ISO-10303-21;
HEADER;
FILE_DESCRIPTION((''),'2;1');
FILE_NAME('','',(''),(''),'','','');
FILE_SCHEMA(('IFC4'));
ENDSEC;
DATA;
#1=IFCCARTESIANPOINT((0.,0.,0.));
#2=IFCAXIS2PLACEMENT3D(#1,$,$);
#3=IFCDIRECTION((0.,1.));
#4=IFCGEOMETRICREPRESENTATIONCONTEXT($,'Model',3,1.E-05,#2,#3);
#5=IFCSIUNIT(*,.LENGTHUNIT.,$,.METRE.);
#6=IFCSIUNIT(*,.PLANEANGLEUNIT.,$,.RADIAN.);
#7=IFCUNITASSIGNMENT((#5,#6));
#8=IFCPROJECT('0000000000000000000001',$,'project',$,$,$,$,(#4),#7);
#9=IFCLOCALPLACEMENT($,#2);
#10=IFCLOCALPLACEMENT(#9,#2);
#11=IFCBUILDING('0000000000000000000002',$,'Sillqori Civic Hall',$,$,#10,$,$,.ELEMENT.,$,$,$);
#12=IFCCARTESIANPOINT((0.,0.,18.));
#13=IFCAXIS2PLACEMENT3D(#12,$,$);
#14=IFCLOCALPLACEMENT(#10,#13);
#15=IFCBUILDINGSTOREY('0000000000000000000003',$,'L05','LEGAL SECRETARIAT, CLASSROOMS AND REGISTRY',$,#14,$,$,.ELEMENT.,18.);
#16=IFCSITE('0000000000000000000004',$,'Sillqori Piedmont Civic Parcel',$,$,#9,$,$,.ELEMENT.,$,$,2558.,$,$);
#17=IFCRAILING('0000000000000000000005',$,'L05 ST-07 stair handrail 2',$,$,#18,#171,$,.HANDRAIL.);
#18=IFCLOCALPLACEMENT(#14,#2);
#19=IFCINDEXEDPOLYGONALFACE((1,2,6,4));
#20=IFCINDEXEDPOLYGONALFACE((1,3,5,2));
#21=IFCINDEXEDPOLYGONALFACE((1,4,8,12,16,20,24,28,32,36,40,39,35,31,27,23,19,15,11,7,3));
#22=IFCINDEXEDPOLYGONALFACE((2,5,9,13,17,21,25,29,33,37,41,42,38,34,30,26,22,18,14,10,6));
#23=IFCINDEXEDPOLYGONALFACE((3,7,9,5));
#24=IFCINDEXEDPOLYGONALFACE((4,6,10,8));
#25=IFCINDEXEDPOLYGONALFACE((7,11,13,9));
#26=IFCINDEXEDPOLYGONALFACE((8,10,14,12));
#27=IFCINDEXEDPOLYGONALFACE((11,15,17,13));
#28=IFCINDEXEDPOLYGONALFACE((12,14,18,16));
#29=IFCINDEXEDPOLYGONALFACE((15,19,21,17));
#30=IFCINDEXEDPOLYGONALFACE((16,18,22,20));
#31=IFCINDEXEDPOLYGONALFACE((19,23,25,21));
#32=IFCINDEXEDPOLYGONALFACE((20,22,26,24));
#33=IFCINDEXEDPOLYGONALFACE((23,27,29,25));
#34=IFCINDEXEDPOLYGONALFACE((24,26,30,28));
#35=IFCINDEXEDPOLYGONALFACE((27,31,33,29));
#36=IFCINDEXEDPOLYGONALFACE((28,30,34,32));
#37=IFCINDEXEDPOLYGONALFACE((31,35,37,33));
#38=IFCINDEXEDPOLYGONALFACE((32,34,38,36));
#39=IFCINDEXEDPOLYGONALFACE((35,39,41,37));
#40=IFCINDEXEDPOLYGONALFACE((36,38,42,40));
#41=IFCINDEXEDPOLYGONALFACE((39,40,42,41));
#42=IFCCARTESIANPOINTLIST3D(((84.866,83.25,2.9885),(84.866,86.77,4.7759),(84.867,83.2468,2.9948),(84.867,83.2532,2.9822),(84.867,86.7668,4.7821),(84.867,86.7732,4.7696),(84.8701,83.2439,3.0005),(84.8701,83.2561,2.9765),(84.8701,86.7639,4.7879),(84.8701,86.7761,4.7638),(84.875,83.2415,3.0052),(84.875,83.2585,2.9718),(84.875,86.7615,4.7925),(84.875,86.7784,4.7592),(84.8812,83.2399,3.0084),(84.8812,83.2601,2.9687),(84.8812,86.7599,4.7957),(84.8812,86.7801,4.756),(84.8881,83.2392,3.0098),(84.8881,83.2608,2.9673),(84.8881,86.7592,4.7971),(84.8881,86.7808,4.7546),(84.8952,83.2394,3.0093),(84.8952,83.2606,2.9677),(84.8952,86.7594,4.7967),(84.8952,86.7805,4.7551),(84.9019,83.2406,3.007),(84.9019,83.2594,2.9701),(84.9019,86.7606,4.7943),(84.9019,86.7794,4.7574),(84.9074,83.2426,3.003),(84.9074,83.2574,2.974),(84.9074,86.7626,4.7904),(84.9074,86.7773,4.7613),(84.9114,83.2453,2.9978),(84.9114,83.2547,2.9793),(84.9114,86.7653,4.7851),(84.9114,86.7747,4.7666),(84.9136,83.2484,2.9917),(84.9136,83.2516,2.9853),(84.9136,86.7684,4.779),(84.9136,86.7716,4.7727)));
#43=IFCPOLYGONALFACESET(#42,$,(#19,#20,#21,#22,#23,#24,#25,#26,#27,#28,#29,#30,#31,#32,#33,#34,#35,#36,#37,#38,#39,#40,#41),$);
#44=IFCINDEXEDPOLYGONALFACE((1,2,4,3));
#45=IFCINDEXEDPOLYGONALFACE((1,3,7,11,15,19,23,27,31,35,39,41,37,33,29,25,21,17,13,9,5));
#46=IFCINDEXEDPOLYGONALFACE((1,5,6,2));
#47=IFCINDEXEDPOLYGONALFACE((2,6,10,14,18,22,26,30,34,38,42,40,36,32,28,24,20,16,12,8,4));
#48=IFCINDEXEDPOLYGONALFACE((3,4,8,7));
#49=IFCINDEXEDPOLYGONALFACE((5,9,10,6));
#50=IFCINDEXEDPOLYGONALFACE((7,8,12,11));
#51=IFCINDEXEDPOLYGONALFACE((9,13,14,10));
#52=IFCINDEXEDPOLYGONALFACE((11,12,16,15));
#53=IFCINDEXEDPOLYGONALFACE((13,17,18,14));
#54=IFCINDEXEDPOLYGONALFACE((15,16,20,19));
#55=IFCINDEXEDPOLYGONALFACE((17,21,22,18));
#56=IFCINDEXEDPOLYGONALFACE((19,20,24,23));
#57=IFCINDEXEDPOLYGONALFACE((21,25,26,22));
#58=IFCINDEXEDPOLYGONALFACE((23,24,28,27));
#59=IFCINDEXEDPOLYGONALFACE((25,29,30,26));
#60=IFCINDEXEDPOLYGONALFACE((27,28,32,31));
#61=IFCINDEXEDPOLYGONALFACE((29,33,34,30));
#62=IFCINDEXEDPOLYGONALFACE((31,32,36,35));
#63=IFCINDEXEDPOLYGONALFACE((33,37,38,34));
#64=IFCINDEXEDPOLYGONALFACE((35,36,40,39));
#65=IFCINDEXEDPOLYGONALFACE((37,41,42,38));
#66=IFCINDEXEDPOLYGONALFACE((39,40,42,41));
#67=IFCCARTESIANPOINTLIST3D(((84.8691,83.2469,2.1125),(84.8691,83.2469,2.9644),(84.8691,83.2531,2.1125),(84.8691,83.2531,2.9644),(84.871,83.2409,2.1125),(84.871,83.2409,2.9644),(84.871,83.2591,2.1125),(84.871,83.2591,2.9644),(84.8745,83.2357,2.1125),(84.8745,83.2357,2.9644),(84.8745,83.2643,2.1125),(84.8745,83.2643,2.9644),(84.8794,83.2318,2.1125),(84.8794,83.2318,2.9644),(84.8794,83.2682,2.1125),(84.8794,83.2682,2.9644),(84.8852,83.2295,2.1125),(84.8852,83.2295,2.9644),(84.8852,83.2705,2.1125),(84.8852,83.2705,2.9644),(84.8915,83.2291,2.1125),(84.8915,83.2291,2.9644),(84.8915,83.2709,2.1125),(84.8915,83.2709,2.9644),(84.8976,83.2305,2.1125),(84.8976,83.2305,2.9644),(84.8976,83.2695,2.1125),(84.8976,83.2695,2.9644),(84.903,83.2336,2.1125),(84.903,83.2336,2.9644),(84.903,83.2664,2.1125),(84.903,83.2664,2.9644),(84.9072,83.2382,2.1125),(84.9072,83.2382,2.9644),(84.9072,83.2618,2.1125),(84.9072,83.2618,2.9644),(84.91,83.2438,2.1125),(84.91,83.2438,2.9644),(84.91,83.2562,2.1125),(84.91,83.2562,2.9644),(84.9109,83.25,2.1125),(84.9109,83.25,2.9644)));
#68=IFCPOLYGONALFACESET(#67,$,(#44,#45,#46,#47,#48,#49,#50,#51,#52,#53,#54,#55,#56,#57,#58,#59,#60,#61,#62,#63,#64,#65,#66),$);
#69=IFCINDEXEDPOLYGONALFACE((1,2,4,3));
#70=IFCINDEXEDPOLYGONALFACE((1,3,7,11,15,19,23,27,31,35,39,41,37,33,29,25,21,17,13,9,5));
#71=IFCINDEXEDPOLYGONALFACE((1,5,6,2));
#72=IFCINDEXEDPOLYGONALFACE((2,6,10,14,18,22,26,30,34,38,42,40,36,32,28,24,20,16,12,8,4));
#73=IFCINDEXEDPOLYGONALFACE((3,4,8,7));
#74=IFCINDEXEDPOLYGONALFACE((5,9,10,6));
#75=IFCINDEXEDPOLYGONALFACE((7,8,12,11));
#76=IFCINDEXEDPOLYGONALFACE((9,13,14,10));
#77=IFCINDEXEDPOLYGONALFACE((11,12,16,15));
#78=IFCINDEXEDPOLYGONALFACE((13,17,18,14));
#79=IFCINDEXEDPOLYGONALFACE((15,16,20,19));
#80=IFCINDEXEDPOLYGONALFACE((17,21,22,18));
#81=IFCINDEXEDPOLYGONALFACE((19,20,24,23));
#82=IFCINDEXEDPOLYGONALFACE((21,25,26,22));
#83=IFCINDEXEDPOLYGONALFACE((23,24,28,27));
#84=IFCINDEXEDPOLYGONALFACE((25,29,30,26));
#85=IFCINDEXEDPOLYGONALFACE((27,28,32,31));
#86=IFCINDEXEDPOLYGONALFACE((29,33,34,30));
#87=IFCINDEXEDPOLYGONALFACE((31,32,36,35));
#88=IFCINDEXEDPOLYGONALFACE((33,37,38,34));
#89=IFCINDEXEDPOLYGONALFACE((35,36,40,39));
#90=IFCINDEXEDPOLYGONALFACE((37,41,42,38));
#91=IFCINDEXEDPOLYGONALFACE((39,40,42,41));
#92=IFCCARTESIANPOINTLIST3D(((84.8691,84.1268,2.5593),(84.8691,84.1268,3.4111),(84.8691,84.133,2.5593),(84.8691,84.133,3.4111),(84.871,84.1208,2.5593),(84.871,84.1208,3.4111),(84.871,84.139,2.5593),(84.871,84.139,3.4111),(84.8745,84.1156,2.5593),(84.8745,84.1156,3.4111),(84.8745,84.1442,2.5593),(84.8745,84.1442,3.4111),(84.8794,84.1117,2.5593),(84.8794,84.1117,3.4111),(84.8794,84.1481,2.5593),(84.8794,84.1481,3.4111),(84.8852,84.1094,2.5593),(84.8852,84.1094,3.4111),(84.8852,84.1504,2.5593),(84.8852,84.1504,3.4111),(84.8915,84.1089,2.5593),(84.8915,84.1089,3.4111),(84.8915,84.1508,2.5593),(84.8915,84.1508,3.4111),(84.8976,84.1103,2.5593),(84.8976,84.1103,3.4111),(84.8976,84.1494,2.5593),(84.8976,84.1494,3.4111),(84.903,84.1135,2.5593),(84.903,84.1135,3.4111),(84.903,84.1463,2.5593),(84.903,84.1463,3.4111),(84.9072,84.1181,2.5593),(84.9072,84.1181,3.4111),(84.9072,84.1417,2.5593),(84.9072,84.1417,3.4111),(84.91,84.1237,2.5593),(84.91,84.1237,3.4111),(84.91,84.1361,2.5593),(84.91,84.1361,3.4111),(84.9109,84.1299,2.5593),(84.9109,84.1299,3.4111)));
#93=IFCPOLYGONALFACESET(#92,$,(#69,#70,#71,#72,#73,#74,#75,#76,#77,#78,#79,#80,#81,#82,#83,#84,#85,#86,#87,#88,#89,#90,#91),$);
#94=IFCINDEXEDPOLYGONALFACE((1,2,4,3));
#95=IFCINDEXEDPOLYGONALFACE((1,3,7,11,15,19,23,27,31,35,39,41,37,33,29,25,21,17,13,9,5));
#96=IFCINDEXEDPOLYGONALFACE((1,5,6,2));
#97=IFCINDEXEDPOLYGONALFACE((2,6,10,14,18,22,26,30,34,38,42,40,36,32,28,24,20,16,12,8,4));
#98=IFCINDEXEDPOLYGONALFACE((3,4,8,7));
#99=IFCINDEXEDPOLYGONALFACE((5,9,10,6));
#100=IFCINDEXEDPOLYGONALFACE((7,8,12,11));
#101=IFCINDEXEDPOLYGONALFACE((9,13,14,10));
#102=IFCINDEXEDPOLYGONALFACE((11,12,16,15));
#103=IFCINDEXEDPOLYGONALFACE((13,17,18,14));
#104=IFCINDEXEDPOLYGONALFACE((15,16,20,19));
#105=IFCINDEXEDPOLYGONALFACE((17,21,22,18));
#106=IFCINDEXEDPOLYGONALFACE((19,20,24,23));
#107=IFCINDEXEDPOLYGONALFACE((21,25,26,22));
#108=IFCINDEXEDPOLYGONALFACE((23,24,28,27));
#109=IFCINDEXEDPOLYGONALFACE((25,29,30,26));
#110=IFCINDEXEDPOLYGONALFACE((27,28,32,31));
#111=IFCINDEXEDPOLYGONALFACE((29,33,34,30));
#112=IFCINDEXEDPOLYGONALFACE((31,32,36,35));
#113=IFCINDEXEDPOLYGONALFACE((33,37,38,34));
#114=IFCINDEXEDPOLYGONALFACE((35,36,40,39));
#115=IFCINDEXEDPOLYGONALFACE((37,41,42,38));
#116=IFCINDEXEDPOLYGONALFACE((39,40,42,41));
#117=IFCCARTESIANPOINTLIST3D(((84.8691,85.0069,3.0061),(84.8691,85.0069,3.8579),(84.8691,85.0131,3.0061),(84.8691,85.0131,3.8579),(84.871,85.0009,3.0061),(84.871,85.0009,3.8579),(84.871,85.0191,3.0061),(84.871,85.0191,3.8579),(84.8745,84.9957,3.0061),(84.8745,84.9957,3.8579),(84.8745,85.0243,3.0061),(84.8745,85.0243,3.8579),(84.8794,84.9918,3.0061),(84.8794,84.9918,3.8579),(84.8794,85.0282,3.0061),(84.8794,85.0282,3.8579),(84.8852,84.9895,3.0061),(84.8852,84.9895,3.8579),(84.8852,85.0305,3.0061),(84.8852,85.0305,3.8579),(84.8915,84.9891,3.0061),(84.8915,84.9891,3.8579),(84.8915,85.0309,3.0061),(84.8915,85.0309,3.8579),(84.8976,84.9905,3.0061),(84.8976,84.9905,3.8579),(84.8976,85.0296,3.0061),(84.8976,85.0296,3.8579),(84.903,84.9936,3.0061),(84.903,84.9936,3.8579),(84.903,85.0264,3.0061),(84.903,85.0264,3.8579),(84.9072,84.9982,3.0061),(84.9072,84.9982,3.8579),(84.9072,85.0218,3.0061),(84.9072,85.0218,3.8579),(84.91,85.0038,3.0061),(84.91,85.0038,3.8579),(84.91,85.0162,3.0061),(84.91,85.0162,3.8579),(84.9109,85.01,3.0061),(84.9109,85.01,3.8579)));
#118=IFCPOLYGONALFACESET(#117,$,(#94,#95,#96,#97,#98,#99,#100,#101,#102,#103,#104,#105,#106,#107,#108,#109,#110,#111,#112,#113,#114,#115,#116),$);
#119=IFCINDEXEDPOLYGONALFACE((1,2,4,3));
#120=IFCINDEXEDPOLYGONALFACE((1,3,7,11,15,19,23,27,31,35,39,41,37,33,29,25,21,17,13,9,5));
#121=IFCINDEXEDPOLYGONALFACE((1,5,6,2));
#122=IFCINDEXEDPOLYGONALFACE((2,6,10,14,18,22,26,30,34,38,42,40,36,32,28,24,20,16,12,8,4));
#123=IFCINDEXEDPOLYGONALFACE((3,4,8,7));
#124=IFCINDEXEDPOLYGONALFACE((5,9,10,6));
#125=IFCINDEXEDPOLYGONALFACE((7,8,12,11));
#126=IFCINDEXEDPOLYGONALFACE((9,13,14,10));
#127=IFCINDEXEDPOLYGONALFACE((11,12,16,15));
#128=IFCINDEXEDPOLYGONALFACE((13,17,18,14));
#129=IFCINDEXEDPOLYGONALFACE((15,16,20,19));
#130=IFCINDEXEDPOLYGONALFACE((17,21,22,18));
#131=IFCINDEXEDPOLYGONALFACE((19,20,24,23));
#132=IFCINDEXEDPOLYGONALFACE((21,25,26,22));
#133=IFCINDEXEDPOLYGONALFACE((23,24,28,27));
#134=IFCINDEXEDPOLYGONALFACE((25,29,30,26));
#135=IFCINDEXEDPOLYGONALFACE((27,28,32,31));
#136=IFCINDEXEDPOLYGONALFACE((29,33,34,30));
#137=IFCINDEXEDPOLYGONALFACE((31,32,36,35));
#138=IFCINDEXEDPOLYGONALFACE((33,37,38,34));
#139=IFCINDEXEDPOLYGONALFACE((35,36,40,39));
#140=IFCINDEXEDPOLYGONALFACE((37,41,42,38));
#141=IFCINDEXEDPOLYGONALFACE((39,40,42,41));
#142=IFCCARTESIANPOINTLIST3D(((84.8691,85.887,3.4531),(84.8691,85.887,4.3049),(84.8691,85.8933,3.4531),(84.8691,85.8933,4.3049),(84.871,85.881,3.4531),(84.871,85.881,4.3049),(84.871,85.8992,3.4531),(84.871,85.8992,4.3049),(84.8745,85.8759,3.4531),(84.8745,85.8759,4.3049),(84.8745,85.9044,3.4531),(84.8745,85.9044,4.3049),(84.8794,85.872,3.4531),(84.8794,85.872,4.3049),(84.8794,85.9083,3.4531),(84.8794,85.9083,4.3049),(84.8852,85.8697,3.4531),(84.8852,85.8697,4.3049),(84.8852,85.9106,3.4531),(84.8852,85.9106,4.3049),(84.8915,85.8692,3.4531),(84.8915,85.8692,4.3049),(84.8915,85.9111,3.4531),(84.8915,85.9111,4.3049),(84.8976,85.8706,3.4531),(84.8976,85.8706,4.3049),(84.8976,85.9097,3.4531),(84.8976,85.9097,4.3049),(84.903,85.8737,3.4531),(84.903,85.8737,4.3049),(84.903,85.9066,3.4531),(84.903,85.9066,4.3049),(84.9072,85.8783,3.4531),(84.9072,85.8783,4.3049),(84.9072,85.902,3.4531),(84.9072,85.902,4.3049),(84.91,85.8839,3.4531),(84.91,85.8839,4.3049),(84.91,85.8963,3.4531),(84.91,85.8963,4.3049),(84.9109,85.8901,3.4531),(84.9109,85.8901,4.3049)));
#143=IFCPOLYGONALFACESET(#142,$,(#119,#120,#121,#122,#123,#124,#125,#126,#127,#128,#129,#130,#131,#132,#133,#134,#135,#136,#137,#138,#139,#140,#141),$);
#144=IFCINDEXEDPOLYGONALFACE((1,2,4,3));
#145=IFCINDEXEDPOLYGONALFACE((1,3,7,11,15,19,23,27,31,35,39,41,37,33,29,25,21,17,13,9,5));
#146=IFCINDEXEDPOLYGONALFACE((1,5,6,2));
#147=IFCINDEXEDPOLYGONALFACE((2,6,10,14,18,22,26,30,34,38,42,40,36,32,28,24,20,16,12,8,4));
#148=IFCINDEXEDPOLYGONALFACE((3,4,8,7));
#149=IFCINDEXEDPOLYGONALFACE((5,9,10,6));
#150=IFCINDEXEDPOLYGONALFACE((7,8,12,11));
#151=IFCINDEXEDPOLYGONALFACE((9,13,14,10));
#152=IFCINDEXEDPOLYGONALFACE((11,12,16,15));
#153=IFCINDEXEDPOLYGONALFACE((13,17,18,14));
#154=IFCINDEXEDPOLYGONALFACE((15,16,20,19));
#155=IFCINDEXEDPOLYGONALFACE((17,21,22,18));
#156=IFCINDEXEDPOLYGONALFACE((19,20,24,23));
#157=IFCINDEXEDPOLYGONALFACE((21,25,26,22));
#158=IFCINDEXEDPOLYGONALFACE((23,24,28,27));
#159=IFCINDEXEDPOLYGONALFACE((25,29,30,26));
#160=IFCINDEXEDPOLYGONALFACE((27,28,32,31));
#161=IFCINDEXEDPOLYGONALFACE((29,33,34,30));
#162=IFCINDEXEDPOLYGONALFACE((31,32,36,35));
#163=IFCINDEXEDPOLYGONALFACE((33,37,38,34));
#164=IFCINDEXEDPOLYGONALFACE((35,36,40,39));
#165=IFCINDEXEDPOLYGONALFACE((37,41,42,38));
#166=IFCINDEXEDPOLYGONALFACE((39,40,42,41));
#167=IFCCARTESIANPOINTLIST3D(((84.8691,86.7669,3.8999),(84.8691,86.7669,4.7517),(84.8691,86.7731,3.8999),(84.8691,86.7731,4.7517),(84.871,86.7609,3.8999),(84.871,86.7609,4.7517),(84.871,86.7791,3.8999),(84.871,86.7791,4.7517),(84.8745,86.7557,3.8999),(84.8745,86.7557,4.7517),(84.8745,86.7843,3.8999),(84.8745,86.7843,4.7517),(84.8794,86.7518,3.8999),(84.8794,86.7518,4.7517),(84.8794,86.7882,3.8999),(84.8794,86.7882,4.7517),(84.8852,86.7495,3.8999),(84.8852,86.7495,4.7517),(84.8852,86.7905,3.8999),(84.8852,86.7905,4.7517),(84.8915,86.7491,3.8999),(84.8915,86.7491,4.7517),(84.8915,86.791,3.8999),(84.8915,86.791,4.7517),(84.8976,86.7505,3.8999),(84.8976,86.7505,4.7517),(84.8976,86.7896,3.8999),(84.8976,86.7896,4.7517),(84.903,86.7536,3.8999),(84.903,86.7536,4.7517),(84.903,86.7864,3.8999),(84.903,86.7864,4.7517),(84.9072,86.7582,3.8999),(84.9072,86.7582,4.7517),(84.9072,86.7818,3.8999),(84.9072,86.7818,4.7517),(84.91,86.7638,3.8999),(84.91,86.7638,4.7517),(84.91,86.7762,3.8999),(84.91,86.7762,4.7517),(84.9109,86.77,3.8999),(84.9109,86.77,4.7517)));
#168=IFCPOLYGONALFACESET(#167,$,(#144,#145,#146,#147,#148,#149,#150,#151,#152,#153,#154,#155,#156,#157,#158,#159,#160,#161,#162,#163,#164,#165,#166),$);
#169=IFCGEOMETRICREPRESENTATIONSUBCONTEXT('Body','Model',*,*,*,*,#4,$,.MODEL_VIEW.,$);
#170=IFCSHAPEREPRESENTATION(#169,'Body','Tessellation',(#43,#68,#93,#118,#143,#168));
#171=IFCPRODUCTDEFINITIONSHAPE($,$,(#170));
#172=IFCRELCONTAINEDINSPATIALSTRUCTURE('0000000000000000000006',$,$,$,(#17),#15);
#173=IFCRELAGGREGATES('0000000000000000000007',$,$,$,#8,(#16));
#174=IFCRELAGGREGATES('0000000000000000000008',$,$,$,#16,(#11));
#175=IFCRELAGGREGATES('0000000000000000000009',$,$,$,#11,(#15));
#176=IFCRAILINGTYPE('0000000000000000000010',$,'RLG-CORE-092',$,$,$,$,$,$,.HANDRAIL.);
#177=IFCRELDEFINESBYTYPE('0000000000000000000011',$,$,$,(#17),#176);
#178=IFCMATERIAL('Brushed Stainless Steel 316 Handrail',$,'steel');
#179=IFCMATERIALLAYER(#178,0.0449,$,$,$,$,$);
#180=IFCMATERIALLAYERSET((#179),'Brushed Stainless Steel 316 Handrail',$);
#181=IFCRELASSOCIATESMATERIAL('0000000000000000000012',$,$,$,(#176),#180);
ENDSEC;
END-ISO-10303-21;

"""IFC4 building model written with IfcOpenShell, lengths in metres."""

from ifc_helpers import new_model, si_unit, direction, frame, origin, origin_2d, place, context, subcontext, project, spatial, circle, extrude, material, layer, layer_set, type_object, element, save


model = new_model("IFC4")

# Units and contexts
model_context = context("Model", 3, precision=1e-05, world=origin(), true_north=direction((0.0, 1.0)))
body_context = subcontext(model_context, "Body", "Model", "MODEL_VIEW")
ifc_project = project(units=[si_unit("LENGTHUNIT", "METRE"), si_unit("PLANEANGLEUNIT", "RADIAN")], contexts=[model_context])

# Site, building, storey
site_placement = place(None, origin())
site = spatial("IfcSite", under=ifc_project, at=site_placement, Name="Sillqori Piedmont Civic Parcel", CompositionType="ELEMENT", RefElevation=2558.0)
building_placement = place(site_placement, origin())
building = spatial("IfcBuilding", under=site, at=building_placement, Name="Sillqori Civic Hall", CompositionType="ELEMENT")
storey_placement = place(building_placement, frame((0.0, 0.0, 18.0)))
storey = spatial("IfcBuildingStorey", under=building, at=storey_placement, Name="L05", Description="LEGAL SECRETARIAT, CLASSROOMS AND REGISTRY", CompositionType="ELEMENT", Elevation=18.0)

# Railing
ifc_material_1 = material(Name="Brushed Stainless Steel 316 Handrail", Category="steel")
ifc_layer_1 = layer(ifc_material_1, 0.0449)
ifc_layer_set_1 = layer_set([ifc_layer_1], Name="Brushed Stainless Steel 316 Handrail")
railing_type_1 = type_object("IfcRailingType", Name="RLG-CORE-092", PredefinedType="HANDRAIL", material=ifc_layer_set_1)
for number, where, name in (
    (1, (84.8899, 83.25, 2.1125), "L05 ST-07 stair handrail 2"),
):
    element("IfcRailing", number, at=place(storey_placement, frame(where)), inside=storey, type_object=railing_type_1, Name=name, PredefinedType="HANDRAIL", context=body_context, shape_type="SweptSolid", body=[
        extrude(circle(Radius=0.0239, at=origin_2d()), frame((0.0, 0.0, 0.876), z_axis=(0.0, 0.89164, 0.452746), x_axis=(-1.0, 0.0, 0.0)), (0.0, 0.0, 1.0), 3.9478),
        extrude(circle(Radius=0.021, at=origin_2d()), origin(), (0.0, 0.0, 1.0), 0.8518),
        extrude(circle(Radius=0.021, at=origin_2d()), frame((0.0, 0.8799, 0.4468)), (0.0, 0.0, 1.0), 0.8518),
        extrude(circle(Radius=0.021, at=origin_2d()), frame((0.0, 1.76, 0.8936)), (0.0, 0.0, 1.0), 0.8518),
        extrude(circle(Radius=0.021, at=origin_2d()), frame((0.0, 2.6401, 1.3406)), (0.0, 0.0, 1.0), 0.8518),
        extrude(circle(Radius=0.021, at=origin_2d()), frame((0.0, 3.52, 1.7874)), (0.0, 0.0, 1.0), 0.8518),
    ])

save(model, "model.ifc")
